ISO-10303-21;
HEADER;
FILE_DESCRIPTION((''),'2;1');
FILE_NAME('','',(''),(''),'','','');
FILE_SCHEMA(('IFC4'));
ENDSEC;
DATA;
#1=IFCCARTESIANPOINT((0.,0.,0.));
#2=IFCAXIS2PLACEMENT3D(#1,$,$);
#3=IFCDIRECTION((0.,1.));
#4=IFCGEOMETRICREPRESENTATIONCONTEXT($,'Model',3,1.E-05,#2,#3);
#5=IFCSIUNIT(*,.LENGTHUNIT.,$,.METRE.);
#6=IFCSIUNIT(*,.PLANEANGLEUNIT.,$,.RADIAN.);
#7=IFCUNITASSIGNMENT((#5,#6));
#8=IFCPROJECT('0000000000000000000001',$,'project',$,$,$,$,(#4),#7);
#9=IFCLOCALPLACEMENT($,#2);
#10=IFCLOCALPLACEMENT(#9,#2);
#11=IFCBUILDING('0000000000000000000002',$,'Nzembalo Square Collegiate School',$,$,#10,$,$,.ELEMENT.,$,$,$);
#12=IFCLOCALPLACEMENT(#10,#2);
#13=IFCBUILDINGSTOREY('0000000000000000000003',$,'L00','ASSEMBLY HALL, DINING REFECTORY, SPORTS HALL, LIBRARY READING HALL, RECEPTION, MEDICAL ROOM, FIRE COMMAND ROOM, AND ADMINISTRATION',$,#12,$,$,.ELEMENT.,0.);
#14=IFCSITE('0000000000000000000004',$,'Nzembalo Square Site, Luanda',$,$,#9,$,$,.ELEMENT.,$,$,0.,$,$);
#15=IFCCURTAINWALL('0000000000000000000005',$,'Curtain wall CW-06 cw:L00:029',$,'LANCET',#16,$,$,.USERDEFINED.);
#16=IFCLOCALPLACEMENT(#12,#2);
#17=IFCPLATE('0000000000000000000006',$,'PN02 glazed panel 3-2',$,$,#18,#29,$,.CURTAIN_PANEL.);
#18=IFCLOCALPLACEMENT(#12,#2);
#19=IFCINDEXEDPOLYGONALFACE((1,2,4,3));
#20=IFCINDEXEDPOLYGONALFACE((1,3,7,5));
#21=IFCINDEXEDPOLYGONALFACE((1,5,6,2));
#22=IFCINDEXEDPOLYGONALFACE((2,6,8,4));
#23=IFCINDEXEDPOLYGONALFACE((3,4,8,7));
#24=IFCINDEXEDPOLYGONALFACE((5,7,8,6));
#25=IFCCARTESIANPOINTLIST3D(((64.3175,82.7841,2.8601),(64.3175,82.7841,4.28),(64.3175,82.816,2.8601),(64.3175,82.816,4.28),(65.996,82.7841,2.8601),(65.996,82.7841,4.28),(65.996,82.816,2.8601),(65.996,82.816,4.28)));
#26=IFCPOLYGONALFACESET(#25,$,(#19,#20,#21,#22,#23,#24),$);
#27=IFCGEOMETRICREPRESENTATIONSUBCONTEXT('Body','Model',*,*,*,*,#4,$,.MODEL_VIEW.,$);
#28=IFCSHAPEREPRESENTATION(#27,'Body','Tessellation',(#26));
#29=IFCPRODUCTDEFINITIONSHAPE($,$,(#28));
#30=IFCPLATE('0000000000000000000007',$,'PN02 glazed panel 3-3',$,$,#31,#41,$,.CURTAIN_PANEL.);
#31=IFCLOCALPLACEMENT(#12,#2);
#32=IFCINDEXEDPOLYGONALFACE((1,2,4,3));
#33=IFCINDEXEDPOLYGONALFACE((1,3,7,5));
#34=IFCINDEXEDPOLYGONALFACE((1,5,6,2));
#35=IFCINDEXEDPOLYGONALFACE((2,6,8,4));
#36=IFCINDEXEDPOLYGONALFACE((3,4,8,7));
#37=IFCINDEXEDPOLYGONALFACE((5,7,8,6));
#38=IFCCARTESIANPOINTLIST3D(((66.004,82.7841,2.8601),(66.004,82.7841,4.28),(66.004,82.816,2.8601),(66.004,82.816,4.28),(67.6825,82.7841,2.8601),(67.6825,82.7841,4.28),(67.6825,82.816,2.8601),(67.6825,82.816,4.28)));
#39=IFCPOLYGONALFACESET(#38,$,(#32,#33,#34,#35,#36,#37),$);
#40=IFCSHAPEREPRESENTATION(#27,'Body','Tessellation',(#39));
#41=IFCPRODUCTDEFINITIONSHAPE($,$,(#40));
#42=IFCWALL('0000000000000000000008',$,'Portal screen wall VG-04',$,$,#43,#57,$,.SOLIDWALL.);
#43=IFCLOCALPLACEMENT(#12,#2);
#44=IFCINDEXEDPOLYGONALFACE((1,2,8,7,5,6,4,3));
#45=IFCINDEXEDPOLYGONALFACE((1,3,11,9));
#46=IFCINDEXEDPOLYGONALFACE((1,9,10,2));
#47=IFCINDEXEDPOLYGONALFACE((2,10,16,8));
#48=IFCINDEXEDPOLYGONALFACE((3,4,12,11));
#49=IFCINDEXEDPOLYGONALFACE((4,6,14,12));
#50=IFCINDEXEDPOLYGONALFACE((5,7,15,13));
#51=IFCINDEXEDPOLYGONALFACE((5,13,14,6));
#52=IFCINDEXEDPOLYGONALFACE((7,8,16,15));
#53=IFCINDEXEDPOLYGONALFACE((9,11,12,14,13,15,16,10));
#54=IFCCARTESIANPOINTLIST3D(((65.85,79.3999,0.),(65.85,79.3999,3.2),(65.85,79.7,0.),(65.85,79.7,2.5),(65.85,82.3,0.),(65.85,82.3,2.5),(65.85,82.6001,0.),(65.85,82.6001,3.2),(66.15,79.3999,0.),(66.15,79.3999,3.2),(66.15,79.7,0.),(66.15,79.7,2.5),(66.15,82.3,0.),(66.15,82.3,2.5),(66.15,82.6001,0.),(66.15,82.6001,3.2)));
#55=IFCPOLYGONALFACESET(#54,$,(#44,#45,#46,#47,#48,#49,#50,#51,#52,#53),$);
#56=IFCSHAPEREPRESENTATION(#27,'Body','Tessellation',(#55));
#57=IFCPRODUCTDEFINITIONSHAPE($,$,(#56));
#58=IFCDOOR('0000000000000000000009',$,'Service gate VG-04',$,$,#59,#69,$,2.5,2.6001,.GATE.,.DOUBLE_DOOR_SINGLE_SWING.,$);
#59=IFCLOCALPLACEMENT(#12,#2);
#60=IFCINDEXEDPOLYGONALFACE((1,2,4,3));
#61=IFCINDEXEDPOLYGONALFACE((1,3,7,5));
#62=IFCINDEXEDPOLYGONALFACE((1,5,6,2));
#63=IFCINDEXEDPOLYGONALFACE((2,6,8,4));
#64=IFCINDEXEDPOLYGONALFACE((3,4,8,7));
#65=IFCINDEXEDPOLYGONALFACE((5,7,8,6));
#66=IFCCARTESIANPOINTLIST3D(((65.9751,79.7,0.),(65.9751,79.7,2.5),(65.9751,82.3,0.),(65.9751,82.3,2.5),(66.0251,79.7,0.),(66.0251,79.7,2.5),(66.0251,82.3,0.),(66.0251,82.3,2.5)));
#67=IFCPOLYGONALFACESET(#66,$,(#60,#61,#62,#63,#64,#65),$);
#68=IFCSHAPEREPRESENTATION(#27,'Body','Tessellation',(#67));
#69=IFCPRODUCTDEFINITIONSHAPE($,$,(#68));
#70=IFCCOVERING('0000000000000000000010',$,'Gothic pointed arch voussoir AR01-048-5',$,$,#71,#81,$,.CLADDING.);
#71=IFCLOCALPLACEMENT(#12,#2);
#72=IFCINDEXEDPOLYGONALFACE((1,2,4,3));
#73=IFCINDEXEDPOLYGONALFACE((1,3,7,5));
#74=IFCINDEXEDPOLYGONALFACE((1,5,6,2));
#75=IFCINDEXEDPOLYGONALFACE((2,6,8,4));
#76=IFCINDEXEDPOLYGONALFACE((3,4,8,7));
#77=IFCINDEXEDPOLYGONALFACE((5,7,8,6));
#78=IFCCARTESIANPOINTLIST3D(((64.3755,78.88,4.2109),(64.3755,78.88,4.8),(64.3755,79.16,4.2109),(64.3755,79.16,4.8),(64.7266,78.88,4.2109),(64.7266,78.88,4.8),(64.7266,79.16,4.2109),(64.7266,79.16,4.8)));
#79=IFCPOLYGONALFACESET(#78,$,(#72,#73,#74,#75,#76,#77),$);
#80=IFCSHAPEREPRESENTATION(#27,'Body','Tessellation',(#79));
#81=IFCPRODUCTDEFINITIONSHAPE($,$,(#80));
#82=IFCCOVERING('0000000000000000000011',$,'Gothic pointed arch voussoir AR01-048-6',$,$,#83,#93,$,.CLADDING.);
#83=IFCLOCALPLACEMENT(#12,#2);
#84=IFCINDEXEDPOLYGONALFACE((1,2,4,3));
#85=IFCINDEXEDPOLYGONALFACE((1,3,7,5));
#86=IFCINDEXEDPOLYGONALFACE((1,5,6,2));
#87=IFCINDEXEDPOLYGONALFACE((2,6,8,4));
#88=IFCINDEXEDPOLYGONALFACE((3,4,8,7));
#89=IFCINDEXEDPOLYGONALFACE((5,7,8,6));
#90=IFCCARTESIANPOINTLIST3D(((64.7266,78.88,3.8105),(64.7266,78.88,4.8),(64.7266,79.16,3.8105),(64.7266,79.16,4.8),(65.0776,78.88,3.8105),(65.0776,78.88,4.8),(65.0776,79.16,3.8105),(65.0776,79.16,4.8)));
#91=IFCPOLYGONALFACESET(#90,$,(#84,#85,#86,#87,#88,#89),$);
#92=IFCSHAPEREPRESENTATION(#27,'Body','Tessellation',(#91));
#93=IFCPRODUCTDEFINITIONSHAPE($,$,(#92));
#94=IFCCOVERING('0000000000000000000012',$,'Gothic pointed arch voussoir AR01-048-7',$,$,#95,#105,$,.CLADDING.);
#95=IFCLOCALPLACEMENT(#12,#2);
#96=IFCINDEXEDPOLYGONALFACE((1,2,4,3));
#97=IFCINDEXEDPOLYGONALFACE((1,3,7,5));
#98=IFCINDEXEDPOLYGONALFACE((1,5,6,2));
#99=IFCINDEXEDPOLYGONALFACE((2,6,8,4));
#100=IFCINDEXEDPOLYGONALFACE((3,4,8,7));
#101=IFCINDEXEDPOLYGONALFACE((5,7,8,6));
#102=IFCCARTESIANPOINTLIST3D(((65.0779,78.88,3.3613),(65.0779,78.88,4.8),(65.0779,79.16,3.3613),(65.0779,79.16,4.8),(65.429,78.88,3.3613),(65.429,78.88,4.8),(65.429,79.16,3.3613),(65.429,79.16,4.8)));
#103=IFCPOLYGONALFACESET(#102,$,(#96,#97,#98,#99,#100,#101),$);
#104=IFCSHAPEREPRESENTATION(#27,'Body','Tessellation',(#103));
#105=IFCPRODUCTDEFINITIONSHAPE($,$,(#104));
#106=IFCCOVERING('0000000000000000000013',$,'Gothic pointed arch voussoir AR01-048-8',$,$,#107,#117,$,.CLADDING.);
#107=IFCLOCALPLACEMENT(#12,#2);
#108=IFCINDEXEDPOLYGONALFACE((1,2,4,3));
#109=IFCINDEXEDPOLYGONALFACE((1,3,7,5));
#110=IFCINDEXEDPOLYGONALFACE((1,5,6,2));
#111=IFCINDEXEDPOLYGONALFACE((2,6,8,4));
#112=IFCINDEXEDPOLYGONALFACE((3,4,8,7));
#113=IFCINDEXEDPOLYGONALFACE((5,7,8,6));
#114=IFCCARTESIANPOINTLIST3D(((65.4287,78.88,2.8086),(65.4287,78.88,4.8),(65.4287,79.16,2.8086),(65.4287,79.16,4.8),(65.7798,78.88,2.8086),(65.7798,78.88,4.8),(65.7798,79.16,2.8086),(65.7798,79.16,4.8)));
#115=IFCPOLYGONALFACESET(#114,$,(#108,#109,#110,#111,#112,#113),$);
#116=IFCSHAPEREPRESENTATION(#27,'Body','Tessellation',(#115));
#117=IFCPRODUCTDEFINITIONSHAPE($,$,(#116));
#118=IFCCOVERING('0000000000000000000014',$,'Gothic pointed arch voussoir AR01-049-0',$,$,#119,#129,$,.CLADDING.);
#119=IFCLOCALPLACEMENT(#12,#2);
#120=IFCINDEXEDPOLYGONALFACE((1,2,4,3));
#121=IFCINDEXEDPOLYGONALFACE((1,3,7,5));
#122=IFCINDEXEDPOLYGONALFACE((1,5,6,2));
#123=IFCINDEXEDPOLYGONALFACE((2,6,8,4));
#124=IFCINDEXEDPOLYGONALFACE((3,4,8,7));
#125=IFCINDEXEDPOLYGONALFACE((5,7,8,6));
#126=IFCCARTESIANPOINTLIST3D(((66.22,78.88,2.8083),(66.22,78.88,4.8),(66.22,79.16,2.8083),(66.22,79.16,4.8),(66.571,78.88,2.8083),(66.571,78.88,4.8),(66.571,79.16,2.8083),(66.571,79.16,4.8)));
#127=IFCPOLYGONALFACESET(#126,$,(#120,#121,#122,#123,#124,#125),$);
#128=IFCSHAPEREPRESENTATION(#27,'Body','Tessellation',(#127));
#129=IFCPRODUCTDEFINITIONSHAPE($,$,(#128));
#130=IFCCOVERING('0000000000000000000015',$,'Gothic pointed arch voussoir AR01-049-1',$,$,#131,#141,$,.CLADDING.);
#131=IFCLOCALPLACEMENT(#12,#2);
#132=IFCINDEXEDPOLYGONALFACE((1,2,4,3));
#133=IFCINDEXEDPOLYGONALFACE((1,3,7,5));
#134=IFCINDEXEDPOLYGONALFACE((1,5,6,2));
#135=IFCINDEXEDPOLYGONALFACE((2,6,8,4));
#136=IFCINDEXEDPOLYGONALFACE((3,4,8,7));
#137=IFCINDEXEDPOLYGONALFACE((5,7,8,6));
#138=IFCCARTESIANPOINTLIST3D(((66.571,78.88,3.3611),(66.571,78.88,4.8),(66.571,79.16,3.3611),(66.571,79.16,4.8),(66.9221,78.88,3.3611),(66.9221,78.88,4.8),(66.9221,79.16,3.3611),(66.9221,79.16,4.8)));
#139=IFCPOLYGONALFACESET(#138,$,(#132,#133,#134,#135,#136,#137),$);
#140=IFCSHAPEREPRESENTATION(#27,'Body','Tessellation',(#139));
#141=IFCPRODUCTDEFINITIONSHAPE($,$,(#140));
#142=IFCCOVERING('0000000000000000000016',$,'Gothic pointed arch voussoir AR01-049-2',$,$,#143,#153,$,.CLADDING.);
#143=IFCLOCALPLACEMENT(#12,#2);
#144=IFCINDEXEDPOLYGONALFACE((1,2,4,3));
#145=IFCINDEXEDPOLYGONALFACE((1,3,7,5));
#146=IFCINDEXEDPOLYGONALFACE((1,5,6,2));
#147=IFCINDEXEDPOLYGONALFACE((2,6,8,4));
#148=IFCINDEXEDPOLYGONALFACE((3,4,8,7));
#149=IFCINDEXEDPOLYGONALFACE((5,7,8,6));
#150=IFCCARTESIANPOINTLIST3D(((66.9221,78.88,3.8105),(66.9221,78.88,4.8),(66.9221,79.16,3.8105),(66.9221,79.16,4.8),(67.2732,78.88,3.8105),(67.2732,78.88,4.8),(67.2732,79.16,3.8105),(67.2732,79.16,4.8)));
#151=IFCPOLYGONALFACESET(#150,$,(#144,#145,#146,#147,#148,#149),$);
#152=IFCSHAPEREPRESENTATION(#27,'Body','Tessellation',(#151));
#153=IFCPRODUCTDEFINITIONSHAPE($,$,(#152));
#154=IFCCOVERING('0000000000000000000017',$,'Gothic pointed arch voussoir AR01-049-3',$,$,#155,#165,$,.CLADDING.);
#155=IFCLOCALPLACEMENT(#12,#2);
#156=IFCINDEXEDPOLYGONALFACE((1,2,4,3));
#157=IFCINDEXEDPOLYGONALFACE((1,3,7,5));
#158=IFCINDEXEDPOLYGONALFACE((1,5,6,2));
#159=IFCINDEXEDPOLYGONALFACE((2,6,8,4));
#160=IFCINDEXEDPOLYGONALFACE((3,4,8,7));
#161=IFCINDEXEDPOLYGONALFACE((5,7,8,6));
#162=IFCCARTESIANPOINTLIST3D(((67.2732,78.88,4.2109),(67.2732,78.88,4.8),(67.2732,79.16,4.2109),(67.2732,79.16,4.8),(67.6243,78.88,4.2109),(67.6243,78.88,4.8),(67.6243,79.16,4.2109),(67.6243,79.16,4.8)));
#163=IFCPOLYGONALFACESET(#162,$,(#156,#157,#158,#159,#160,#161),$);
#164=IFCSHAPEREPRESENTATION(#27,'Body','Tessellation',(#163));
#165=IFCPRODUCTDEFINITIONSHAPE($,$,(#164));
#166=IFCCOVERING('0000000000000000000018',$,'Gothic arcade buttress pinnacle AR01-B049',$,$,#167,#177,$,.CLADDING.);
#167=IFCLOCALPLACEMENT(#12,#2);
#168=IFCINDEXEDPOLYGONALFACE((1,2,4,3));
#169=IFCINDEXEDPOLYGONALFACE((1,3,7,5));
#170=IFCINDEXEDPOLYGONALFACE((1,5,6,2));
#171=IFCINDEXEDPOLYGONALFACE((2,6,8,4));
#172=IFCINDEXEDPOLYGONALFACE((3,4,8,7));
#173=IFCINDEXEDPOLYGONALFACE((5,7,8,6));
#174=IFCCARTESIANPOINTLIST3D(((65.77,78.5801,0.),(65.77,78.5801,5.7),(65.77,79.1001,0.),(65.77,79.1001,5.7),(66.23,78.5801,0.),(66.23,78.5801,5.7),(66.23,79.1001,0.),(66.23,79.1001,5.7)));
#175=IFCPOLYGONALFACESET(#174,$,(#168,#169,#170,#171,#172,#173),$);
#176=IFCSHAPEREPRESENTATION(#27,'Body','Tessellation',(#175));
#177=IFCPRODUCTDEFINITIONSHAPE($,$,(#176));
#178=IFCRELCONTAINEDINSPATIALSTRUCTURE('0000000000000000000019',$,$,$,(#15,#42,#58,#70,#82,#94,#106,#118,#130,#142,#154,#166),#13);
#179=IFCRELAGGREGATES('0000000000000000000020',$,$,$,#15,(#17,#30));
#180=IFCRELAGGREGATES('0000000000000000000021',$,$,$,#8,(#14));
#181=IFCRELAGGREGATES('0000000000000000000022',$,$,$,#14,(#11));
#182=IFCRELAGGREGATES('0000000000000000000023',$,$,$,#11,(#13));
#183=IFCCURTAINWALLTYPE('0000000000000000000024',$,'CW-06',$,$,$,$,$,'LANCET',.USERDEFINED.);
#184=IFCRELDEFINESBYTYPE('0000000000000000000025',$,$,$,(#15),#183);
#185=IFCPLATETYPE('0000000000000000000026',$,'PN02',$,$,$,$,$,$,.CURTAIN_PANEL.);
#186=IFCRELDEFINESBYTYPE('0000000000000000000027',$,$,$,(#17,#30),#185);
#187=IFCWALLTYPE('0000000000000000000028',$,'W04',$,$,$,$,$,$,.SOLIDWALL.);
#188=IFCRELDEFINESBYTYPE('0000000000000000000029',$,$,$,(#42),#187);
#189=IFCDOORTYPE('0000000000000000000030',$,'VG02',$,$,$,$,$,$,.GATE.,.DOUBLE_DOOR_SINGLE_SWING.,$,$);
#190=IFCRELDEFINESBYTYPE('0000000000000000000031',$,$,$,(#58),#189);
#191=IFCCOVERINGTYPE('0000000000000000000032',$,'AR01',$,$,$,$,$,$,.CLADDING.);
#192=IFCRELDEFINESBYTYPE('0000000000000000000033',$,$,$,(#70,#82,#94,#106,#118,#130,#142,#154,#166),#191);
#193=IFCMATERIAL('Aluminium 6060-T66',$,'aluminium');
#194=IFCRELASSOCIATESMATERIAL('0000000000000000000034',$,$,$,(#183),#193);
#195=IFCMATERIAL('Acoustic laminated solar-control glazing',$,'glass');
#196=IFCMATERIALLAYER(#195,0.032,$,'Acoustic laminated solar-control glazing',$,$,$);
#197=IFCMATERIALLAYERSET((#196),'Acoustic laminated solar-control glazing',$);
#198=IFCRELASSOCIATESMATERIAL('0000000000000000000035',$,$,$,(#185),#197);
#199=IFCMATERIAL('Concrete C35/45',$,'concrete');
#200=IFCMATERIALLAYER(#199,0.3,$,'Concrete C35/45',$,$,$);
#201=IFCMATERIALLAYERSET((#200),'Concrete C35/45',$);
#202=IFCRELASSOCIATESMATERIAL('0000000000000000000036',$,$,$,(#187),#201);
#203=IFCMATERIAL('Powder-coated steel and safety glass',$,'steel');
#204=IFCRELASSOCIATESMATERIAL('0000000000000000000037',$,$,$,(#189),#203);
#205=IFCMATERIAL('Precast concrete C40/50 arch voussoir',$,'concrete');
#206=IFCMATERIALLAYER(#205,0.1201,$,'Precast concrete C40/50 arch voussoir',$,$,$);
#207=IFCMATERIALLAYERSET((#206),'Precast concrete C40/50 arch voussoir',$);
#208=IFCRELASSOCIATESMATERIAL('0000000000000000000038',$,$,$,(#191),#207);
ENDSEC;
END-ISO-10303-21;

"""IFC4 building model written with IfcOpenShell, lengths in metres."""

from ifc_helpers import new_model, si_unit, direction, frame, frame_2d, origin, origin_2d, place, context, subcontext, project, spatial, rectangle, extrude, material, layer, layer_set, type_object, element, fill, aggregate, save


model = new_model("IFC4")

# Units and contexts
model_context = context("Model", 3, precision=1e-05, world=origin(), true_north=direction((0.0, 1.0)))
body_context = subcontext(model_context, "Body", "Model", "MODEL_VIEW")
ifc_project = project(units=[si_unit("LENGTHUNIT", "METRE"), si_unit("PLANEANGLEUNIT", "RADIAN")], contexts=[model_context])

# Site, building, storey
site_placement = place(None, origin())
site = spatial("IfcSite", under=ifc_project, at=site_placement, Name="Nzembalo Square Site, Luanda", CompositionType="ELEMENT", RefElevation=0.0)
building_placement = place(site_placement, origin())
building = spatial("IfcBuilding", under=site, at=building_placement, Name="Nzembalo Square Collegiate School", CompositionType="ELEMENT")
storey_placement = place(building_placement, origin())
storey = spatial("IfcBuildingStorey", under=building, at=storey_placement, Name="L00", Description="ASSEMBLY HALL, DINING REFECTORY, SPORTS HALL, LIBRARY READING HALL, RECEPTION, MEDICAL ROOM, FIRE COMMAND ROOM, AND ADMINISTRATION", CompositionType="ELEMENT", Elevation=0.0)

# Curtain wall, plates
ifc_material_1 = material(Name="Aluminium 6060-T66", Category="aluminium")
curtain_wall_type = type_object("IfcCurtainWallType", Name="CW-06", ElementType="LANCET", PredefinedType="USERDEFINED", material=ifc_material_1)
curtain_wall_placement = place(storey_placement, origin())
curtain_wall = element("IfcCurtainWall", 1, at=curtain_wall_placement, inside=storey, type_object=curtain_wall_type, Name="Curtain wall CW-06 cw:L00:029", ObjectType="LANCET", PredefinedType="USERDEFINED")
ifc_material_2 = material(Name="Acoustic laminated solar-control glazing", Category="glass")
ifc_layer_1 = layer(ifc_material_2, 0.032, Name="Acoustic laminated solar-control glazing")
ifc_layer_set_1 = layer_set([ifc_layer_1], Name="Acoustic laminated solar-control glazing")
plate_type = type_object("IfcPlateType", Name="PN02", PredefinedType="CURTAIN_PANEL", material=ifc_layer_set_1)
plate_1_placement = place(storey_placement, frame((65.1567, 82.8, 2.8601), z_axis=(0.0, 0.0, 1.0), x_axis=(1.0, 0.0, 0.0)))
plate_1 = element("IfcPlate", 2, at=plate_1_placement, type_object=plate_type, Name="PN02 glazed panel 3-2", PredefinedType="CURTAIN_PANEL", context=body_context, shape_type="SweptSolid", body=[
    extrude(rectangle(XDim=1.6785, YDim=0.032, at=origin_2d()), origin(), (0.0, 0.0, 1.0), 1.4199),
])
plate_2_placement = place(storey_placement, frame((66.8433, 82.8, 2.8601), z_axis=(0.0, 0.0, 1.0), x_axis=(1.0, 0.0, 0.0)))
plate_2 = element("IfcPlate", 3, at=plate_2_placement, type_object=plate_type, Name="PN02 glazed panel 3-3", PredefinedType="CURTAIN_PANEL", context=body_context, shape_type="SweptSolid", body=[
    extrude(rectangle(XDim=1.6785, YDim=0.032, at=origin_2d()), origin(), (0.0, 0.0, 1.0), 1.4199),
])
aggregate(curtain_wall, [plate_1, plate_2])

# Wall, opening, door
ifc_material_3 = material(Name="Concrete C35/45", Category="concrete")
ifc_layer_2 = layer(ifc_material_3, 0.3, Name="Concrete C35/45")
ifc_layer_set_2 = layer_set([ifc_layer_2], Name="Concrete C35/45")
wall_type = type_object("IfcWallType", Name="W04", PredefinedType="SOLIDWALL", material=ifc_layer_set_2)
wall_placement = place(storey_placement, frame((66.0, 79.3999, 0.0), z_axis=(0.0, 0.0, 1.0), x_axis=(0.0, 1.0, 0.0)))
wall = element("IfcWall", 4, at=wall_placement, inside=storey, type_object=wall_type, Name="Portal screen wall VG-04", PredefinedType="SOLIDWALL", context=body_context, shape_type="SweptSolid", body=[
    extrude(rectangle(XDim=3.2002, YDim=0.3, at=frame_2d((1.6001, 0.0))), origin(), (0.0, 0.0, 1.0), 3.2),
])
opening_placement = place(wall_placement, frame((0.3, 0.0, 0.0)))
opening = element("IfcOpeningElement", 5, at=opening_placement, cuts=wall, PredefinedType="OPENING", context=body_context, shape_type="SweptSolid", body=[
    extrude(rectangle(XDim=2.6001, YDim=2.5, at=frame_2d((1.3, 1.25))), frame((0.0, 0.1602, 0.0), z_axis=(0.0, -1.0, 0.0), x_axis=(1.0, 0.0, 0.0)), (0.0, 0.0, 1.0), 0.3201),
])
ifc_material_4 = material(Name="Powder-coated steel and safety glass", Category="steel")
door_type = type_object("IfcDoorType", Name="VG02", OperationType="DOUBLE_DOOR_SINGLE_SWING", PredefinedType="GATE", material=ifc_material_4)
door_placement = place(opening_placement, origin())
door = element("IfcDoor", 6, at=door_placement, inside=storey, type_object=door_type, Name="Service gate VG-04", OperationType="DOUBLE_DOOR_SINGLE_SWING", OverallHeight=2.5, OverallWidth=2.6001, PredefinedType="GATE", context=body_context, shape_type="SweptSolid", body=[
    extrude(rectangle(XDim=2.6001, YDim=2.5, at=frame_2d((1.3, 1.25))), frame((0.0, 0.0249, 0.0), z_axis=(0.0, -1.0, 0.0), x_axis=(1.0, 0.0, 0.0)), (0.0, 0.0, 1.0), 0.05),
])
fill(opening, door)

# Coverings
ifc_material_5 = material(Name="Precast concrete C40/50 arch voussoir", Category="concrete")
ifc_layer_3 = layer(ifc_material_5, 0.1201, Name="Precast concrete C40/50 arch voussoir")
ifc_layer_set_3 = layer_set([ifc_layer_3], Name="Precast concrete C40/50 arch voussoir")
covering_type = type_object("IfcCoveringType", Name="AR01", PredefinedType="CLADDING", material=ifc_layer_set_3)
covering_1_placement = place(storey_placement, frame((64.551, 79.02, 4.2109), z_axis=(0.0, 0.0, 1.0), x_axis=(1.0, 0.0, 0.0)))
element("IfcCovering", 7, at=covering_1_placement, inside=storey, type_object=covering_type, Name="Gothic pointed arch voussoir AR01-048-5", PredefinedType="CLADDING", context=body_context, shape_type="SweptSolid", body=[
    extrude(rectangle(XDim=0.3511, YDim=0.28, at=origin_2d()), origin(), (0.0, 0.0, 1.0), 0.5891),
])
covering_2_placement = place(storey_placement, frame((64.9021, 79.02, 3.8105), z_axis=(0.0, 0.0, 1.0), x_axis=(1.0, 0.0, 0.0)))
element("IfcCovering", 8, at=covering_2_placement, inside=storey, type_object=covering_type, Name="Gothic pointed arch voussoir AR01-048-6", PredefinedType="CLADDING", context=body_context, shape_type="SweptSolid", body=[
    extrude(rectangle(XDim=0.3511, YDim=0.28, at=origin_2d()), origin(), (0.0, 0.0, 1.0), 0.9895),
])
covering_3_placement = place(storey_placement, frame((65.2534, 79.02, 3.3613), z_axis=(0.0, 0.0, 1.0), x_axis=(1.0, 0.0, 0.0)))
element("IfcCovering", 9, at=covering_3_placement, inside=storey, type_object=covering_type, Name="Gothic pointed arch voussoir AR01-048-7", PredefinedType="CLADDING", context=body_context, shape_type="SweptSolid", body=[
    extrude(rectangle(XDim=0.3511, YDim=0.28, at=origin_2d()), origin(), (0.0, 0.0, 1.0), 1.4387),
])
covering_4_placement = place(storey_placement, frame((65.6042, 79.02, 2.8086), z_axis=(0.0, 0.0, 1.0), x_axis=(1.0, 0.0, 0.0)))
element("IfcCovering", 10, at=covering_4_placement, inside=storey, type_object=covering_type, Name="Gothic pointed arch voussoir AR01-048-8", PredefinedType="CLADDING", context=body_context, shape_type="SweptSolid", body=[
    extrude(rectangle(XDim=0.3511, YDim=0.28, at=origin_2d()), origin(), (0.0, 0.0, 1.0), 1.9915),
])
covering_5_placement = place(storey_placement, frame((66.3955, 79.02, 2.8083), z_axis=(0.0, 0.0, 1.0), x_axis=(1.0, 0.0, 0.0)))
element("IfcCovering", 11, at=covering_5_placement, inside=storey, type_object=covering_type, Name="Gothic pointed arch voussoir AR01-049-0", PredefinedType="CLADDING", context=body_context, shape_type="SweptSolid", body=[
    extrude(rectangle(XDim=0.3511, YDim=0.28, at=origin_2d()), origin(), (0.0, 0.0, 1.0), 1.9917),
])
covering_6_placement = place(storey_placement, frame((66.7466, 79.02, 3.3611), z_axis=(0.0, 0.0, 1.0), x_axis=(1.0, 0.0, 0.0)))
element("IfcCovering", 12, at=covering_6_placement, inside=storey, type_object=covering_type, Name="Gothic pointed arch voussoir AR01-049-1", PredefinedType="CLADDING", context=body_context, shape_type="SweptSolid", body=[
    extrude(rectangle(XDim=0.3511, YDim=0.28, at=origin_2d()), origin(), (0.0, 0.0, 1.0), 1.439),
])
covering_7_placement = place(storey_placement, frame((67.0977, 79.02, 3.8105), z_axis=(0.0, 0.0, 1.0), x_axis=(1.0, 0.0, 0.0)))
element("IfcCovering", 13, at=covering_7_placement, inside=storey, type_object=covering_type, Name="Gothic pointed arch voussoir AR01-049-2", PredefinedType="CLADDING", context=body_context, shape_type="SweptSolid", body=[
    extrude(rectangle(XDim=0.3511, YDim=0.28, at=origin_2d()), origin(), (0.0, 0.0, 1.0), 0.9895),
])
covering_8_placement = place(storey_placement, frame((67.4487, 79.02, 4.2109), z_axis=(0.0, 0.0, 1.0), x_axis=(1.0, 0.0, 0.0)))
element("IfcCovering", 14, at=covering_8_placement, inside=storey, type_object=covering_type, Name="Gothic pointed arch voussoir AR01-049-3", PredefinedType="CLADDING", context=body_context, shape_type="SweptSolid", body=[
    extrude(rectangle(XDim=0.3511, YDim=0.28, at=origin_2d()), origin(), (0.0, 0.0, 1.0), 0.5891),
])
covering_9_placement = place(storey_placement, frame((66.0, 78.8401, 0.0), z_axis=(0.0, 0.0, 1.0), x_axis=(1.0, 0.0, 0.0)))
element("IfcCovering", 15, at=covering_9_placement, inside=storey, type_object=covering_type, Name="Gothic arcade buttress pinnacle AR01-B049", PredefinedType="CLADDING", context=body_context, shape_type="SweptSolid", body=[
    extrude(rectangle(XDim=0.46, YDim=0.52, at=origin_2d()), origin(), (0.0, 0.0, 1.0), 5.7),
])

save(model, "model.ifc")
